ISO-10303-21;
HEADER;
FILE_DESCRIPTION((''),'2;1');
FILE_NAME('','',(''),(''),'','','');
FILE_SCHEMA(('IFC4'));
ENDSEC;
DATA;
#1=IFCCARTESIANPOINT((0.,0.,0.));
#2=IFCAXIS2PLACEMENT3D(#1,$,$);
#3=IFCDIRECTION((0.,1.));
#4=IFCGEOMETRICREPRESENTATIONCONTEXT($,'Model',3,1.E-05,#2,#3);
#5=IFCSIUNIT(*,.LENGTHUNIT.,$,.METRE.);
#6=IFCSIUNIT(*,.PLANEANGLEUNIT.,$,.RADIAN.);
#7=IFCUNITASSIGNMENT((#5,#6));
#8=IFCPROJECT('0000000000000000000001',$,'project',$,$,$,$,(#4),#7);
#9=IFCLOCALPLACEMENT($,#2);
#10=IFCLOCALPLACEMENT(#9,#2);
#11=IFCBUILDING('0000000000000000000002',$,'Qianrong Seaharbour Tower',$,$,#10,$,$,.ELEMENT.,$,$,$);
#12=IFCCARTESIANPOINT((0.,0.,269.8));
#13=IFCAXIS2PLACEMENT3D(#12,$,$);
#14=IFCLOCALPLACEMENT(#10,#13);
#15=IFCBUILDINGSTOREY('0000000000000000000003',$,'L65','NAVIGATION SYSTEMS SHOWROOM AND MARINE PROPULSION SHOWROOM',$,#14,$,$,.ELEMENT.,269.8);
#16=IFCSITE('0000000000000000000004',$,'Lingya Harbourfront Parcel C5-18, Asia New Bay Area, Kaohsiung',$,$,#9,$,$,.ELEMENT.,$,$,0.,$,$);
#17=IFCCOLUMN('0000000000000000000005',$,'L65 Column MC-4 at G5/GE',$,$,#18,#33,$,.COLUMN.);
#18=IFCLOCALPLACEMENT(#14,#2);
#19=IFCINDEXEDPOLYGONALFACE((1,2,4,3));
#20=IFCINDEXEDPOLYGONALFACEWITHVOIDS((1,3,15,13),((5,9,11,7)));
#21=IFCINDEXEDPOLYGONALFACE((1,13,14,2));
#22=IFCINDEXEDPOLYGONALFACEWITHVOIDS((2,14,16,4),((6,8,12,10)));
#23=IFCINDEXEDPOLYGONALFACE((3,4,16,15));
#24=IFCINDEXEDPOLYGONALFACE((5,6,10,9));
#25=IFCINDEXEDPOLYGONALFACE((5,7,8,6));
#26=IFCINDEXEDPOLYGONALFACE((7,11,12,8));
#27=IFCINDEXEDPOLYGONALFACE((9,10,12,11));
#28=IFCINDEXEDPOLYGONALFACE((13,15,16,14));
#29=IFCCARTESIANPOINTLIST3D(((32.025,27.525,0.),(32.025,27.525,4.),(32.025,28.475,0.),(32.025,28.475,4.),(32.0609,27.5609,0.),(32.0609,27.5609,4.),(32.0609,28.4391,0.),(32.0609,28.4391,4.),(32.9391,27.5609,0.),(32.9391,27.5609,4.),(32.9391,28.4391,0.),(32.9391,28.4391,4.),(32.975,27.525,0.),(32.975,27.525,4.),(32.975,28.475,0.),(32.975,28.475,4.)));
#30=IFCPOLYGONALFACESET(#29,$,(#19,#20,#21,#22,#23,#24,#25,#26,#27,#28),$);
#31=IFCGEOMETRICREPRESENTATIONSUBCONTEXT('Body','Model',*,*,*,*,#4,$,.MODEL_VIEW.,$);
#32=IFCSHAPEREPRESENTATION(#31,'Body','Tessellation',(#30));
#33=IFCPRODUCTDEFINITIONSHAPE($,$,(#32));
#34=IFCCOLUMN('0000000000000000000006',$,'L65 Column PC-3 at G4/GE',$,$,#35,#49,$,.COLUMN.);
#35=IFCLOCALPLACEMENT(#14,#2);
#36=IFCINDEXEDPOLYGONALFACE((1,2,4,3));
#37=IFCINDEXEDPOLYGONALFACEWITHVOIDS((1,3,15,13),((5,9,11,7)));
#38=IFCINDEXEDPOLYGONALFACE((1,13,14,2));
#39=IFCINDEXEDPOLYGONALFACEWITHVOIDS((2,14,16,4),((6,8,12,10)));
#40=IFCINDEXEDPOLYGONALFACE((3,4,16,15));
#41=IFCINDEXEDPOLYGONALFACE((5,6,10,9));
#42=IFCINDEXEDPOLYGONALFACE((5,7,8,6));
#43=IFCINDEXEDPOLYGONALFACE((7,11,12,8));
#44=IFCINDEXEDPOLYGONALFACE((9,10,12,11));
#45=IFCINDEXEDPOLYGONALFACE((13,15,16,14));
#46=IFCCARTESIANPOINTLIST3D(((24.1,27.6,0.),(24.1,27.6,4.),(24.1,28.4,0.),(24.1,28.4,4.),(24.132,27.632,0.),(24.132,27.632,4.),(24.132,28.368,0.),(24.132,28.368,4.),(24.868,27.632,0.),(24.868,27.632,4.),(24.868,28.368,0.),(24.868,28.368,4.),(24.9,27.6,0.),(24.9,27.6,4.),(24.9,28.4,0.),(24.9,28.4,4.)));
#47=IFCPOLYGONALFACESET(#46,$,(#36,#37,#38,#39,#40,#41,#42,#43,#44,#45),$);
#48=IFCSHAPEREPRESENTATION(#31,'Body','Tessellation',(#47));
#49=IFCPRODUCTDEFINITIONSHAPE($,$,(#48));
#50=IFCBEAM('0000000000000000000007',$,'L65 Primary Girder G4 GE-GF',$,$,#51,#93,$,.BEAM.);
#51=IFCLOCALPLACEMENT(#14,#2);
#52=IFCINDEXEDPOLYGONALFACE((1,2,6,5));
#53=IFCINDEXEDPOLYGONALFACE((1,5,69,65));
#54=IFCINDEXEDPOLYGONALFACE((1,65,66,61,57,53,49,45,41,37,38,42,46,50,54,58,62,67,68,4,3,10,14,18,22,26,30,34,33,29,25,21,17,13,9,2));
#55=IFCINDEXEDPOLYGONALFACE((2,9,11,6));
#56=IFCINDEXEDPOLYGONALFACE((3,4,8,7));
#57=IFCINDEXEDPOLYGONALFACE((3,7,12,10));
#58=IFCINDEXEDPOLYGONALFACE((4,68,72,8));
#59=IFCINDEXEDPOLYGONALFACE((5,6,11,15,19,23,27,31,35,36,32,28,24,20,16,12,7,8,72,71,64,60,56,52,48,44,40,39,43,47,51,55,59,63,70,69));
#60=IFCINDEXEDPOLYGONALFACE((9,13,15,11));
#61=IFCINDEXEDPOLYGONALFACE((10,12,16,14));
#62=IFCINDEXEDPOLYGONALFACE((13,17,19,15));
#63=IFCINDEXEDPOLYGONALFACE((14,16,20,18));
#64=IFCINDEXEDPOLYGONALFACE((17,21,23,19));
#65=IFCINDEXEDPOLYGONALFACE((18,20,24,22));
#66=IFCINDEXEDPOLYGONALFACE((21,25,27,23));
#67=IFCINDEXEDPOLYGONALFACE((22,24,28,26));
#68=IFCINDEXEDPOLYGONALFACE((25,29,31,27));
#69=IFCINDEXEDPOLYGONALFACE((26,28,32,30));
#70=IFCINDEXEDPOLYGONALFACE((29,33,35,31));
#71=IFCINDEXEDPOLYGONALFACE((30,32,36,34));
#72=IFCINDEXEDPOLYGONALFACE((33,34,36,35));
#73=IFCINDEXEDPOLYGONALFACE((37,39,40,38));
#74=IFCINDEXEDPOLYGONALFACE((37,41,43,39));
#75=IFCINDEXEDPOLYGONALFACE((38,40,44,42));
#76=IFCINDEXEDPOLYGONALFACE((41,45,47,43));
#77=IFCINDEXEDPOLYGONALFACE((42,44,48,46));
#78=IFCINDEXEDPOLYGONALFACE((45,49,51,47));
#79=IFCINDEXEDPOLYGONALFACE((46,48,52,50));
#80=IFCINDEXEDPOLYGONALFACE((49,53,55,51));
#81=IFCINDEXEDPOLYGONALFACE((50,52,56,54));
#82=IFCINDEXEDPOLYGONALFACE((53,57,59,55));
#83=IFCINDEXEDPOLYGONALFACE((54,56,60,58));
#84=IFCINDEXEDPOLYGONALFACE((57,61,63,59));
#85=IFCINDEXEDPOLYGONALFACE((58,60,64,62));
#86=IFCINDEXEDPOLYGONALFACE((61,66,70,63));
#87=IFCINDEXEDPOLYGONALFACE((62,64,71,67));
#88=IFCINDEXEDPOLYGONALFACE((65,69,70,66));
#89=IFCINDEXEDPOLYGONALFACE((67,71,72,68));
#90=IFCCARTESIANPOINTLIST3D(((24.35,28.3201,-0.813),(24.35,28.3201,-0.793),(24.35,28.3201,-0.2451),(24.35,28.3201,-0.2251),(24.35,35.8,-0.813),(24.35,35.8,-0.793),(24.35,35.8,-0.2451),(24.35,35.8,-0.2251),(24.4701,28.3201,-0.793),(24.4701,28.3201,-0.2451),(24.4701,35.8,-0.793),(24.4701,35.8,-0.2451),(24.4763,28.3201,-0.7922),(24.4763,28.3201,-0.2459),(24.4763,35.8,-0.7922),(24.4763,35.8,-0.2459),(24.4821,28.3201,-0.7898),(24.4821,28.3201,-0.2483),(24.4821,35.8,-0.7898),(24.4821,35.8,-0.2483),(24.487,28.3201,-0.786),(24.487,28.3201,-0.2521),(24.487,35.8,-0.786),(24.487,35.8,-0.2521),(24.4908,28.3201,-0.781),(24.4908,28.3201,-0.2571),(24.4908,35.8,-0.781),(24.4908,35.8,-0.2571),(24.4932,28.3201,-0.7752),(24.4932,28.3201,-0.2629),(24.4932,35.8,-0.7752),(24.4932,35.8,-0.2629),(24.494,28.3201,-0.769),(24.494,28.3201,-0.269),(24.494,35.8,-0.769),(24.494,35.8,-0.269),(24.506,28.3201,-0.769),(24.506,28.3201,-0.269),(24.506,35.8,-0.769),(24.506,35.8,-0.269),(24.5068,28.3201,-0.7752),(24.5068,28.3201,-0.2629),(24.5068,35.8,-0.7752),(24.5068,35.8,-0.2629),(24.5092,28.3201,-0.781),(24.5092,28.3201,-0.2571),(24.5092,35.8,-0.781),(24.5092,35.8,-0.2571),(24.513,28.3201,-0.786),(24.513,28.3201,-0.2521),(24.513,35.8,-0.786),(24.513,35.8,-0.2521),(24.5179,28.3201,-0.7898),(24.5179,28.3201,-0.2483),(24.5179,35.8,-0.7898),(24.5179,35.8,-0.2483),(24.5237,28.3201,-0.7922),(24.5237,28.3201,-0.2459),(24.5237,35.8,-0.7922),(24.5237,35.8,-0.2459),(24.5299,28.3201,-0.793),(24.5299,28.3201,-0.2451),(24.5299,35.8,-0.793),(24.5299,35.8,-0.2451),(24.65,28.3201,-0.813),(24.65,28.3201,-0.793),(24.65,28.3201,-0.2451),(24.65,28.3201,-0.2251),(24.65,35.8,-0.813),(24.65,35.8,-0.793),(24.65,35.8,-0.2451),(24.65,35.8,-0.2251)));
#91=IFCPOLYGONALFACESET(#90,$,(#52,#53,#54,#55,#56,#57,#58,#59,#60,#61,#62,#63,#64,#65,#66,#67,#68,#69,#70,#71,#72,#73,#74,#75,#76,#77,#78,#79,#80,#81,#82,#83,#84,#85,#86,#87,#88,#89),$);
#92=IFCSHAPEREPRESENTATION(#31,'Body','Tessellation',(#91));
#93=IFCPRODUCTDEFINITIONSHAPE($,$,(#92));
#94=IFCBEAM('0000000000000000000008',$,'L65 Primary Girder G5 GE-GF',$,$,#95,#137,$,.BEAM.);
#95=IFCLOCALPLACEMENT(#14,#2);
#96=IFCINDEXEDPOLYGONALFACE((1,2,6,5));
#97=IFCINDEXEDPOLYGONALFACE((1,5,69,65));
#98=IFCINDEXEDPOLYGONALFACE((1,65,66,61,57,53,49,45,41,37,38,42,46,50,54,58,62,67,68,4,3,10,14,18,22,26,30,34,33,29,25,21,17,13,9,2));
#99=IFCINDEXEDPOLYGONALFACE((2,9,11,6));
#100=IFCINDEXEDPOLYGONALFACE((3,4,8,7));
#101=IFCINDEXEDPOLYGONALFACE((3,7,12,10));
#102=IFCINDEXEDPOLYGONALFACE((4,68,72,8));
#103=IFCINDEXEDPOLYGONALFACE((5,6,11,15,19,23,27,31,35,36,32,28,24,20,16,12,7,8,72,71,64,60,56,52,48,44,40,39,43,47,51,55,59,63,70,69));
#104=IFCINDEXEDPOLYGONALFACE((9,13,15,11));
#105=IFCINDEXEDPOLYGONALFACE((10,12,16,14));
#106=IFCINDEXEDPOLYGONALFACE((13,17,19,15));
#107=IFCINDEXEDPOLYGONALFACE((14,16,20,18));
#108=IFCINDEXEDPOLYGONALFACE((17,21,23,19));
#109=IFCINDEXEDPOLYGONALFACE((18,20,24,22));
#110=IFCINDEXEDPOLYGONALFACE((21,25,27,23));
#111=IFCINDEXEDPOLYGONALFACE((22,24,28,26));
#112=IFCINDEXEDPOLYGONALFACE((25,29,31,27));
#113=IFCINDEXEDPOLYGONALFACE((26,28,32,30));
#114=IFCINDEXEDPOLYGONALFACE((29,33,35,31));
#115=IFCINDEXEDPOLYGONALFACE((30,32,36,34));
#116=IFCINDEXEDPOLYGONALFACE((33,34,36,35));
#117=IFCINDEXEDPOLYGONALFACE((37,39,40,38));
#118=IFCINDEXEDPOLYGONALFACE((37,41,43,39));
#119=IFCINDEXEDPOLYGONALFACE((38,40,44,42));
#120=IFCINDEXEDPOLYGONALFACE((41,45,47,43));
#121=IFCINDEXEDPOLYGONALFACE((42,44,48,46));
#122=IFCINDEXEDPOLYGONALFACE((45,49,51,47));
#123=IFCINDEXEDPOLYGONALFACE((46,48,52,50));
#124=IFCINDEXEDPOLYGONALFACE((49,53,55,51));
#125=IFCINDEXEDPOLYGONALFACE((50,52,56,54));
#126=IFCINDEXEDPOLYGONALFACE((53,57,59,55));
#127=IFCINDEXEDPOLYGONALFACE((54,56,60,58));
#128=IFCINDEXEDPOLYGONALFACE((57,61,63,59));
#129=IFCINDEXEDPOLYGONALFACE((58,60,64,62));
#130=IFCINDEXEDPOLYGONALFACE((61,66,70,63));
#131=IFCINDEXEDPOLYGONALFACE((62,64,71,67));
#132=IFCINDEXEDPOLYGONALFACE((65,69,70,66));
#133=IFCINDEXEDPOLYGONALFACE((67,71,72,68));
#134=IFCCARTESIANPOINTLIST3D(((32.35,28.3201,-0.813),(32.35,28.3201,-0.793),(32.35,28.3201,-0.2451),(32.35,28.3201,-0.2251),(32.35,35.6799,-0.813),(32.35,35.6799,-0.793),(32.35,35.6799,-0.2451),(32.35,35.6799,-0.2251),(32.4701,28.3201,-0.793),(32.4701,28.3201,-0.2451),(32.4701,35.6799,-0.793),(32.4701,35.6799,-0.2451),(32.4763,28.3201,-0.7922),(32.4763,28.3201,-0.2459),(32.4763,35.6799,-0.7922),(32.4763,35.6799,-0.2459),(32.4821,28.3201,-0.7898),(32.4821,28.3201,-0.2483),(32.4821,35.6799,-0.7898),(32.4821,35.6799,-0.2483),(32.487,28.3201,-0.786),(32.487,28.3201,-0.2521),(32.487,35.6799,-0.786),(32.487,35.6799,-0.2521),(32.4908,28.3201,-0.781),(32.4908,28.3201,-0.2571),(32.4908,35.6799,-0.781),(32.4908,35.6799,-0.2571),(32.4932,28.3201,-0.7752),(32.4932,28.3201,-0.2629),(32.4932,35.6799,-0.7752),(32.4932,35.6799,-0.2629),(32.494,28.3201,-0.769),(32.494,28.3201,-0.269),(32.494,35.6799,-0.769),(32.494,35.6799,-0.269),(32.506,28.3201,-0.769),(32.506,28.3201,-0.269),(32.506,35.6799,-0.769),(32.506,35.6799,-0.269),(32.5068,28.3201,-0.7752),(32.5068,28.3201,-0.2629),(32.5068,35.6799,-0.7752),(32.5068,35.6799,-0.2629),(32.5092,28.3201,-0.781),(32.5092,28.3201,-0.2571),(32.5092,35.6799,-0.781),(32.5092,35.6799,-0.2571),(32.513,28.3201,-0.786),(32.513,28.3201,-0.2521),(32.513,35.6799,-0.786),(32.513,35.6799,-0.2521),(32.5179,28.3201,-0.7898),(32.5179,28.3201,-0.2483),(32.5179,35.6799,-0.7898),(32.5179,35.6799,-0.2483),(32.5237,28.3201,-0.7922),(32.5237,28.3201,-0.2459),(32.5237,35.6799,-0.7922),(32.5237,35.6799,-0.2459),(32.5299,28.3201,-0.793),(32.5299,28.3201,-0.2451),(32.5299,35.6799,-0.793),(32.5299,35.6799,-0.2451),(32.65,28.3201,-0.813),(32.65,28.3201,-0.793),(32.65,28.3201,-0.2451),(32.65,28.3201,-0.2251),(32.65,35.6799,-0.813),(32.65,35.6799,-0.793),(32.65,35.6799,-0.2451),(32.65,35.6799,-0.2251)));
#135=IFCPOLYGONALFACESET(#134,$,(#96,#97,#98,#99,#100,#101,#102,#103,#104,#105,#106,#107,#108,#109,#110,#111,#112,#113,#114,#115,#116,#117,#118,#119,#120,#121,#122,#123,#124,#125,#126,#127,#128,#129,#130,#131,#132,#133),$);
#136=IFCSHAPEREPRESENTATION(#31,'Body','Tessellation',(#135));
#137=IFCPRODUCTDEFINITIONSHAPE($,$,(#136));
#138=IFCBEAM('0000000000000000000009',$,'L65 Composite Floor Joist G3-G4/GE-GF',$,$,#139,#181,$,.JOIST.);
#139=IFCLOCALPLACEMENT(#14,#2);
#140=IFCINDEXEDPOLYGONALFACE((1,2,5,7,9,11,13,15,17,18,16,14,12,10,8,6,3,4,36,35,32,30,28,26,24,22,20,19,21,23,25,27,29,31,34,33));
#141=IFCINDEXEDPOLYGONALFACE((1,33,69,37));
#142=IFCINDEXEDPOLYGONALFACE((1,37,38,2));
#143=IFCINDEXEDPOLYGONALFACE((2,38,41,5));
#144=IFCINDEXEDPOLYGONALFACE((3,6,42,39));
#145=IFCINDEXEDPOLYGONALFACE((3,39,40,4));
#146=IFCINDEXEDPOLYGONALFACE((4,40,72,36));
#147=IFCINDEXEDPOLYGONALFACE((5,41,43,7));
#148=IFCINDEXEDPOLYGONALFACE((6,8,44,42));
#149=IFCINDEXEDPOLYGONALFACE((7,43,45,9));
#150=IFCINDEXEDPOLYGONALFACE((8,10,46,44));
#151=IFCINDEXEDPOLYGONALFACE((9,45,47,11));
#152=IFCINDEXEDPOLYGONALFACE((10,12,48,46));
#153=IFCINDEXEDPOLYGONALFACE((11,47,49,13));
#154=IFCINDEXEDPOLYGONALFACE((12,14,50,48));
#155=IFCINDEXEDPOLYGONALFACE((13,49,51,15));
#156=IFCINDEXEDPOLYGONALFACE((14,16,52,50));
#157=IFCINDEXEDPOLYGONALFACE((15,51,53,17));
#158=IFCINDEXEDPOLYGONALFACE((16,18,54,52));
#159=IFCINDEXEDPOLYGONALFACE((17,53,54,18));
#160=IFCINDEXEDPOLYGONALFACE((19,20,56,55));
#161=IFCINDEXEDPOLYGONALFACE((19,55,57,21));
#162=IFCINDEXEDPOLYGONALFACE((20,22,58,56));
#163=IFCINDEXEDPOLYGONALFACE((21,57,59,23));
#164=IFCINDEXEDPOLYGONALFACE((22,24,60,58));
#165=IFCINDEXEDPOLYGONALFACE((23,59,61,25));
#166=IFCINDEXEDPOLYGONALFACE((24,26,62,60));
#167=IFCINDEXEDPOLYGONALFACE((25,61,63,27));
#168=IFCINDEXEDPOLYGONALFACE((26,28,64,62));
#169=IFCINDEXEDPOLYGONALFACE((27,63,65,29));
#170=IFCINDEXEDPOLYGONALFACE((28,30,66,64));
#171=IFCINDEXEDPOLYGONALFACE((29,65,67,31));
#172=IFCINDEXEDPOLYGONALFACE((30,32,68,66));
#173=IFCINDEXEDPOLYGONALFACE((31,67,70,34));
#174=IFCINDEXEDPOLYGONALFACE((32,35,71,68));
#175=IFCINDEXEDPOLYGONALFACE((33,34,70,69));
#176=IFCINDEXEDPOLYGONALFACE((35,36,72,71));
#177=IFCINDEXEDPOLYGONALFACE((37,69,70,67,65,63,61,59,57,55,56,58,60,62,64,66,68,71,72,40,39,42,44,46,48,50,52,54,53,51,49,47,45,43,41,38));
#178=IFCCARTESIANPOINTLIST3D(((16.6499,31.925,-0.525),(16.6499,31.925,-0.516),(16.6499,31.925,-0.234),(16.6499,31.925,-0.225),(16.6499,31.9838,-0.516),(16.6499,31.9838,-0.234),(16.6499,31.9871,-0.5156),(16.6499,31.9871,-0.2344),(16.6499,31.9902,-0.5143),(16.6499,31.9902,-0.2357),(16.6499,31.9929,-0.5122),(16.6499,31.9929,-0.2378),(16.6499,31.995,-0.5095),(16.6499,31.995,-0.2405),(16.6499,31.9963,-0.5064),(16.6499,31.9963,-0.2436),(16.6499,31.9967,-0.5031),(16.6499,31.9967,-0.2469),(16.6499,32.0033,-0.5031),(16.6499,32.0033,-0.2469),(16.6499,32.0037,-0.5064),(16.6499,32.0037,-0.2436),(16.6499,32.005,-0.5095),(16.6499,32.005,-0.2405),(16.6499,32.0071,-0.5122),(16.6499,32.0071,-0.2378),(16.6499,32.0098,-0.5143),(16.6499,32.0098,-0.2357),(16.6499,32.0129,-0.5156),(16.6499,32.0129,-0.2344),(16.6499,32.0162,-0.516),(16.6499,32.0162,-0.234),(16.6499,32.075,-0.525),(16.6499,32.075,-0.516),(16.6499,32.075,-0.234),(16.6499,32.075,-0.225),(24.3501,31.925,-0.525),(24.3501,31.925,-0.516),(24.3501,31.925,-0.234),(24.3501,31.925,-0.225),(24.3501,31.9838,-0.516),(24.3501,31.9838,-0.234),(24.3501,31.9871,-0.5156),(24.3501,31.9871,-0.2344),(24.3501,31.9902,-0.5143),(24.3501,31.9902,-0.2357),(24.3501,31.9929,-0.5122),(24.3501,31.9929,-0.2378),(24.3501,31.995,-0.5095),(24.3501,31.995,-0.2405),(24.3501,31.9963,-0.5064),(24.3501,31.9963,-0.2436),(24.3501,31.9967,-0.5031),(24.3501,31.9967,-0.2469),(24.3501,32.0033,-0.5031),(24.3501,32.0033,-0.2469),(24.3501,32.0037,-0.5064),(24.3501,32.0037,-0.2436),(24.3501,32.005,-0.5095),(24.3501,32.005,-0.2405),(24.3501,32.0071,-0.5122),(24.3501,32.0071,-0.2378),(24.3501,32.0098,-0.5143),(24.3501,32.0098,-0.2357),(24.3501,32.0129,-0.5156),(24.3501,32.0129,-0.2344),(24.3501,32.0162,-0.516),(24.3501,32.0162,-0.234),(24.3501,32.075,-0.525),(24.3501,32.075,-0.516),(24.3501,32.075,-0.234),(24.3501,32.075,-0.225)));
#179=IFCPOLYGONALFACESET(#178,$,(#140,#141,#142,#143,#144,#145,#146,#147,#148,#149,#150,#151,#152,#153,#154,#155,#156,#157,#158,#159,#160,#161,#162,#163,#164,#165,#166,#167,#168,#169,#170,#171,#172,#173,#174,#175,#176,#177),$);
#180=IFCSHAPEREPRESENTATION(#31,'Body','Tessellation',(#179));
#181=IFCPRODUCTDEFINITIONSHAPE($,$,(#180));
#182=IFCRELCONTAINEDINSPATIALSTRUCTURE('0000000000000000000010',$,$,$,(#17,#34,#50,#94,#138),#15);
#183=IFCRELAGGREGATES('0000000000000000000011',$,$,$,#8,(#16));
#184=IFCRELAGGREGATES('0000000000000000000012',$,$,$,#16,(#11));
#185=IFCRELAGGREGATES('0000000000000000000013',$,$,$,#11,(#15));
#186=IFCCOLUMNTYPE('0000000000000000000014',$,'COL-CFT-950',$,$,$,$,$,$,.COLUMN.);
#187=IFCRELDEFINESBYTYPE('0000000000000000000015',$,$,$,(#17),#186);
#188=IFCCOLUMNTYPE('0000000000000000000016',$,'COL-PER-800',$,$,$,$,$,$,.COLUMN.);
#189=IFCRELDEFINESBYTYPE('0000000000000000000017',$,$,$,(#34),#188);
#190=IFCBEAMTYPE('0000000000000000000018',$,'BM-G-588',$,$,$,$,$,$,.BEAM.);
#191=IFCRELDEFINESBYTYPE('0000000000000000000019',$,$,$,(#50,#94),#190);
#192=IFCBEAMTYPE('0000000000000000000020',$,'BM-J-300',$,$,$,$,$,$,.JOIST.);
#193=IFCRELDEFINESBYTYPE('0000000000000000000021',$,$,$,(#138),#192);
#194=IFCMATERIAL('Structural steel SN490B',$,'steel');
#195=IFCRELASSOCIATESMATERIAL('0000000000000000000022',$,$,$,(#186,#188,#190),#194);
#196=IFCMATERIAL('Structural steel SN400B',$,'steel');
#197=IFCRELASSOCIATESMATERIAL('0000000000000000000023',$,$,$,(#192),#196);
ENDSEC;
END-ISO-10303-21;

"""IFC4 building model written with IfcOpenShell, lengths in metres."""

from ifc_helpers import new_model, si_unit, direction, frame, origin, origin_2d, place, context, subcontext, project, spatial, hollow_rectangle, i_section, extrude, material, material_profile, profile_set, type_object, element, save


model = new_model("IFC4")

# Units and contexts
model_context = context("Model", 3, precision=1e-05, world=origin(), true_north=direction((0.0, 1.0)))
body_context = subcontext(model_context, "Body", "Model", "MODEL_VIEW")
ifc_project = project(units=[si_unit("LENGTHUNIT", "METRE"), si_unit("PLANEANGLEUNIT", "RADIAN")], contexts=[model_context])

# Site, building, storey
site_placement = place(None, origin())
site = spatial("IfcSite", under=ifc_project, at=site_placement, Name="Lingya Harbourfront Parcel C5-18, Asia New Bay Area, Kaohsiung", CompositionType="ELEMENT", RefElevation=0.0)
building_placement = place(site_placement, origin())
building = spatial("IfcBuilding", under=site, at=building_placement, Name="Qianrong Seaharbour Tower", CompositionType="ELEMENT")
storey_placement = place(building_placement, frame((0.0, 0.0, 269.8)))
storey = spatial("IfcBuildingStorey", under=building, at=storey_placement, Name="L65", Description="NAVIGATION SYSTEMS SHOWROOM AND MARINE PROPULSION SHOWROOM", CompositionType="ELEMENT", Elevation=269.8)

# Columns
ifc_material_1 = material(Name="Structural steel SN490B", Category="steel")
ifc_material_profile_1 = material_profile(ifc_material_1, hollow_rectangle(XDim=0.95, YDim=0.95, WallThickness=0.0359, at=origin_2d()), Name="BOX950x950x36")
ifc_profile_set_1 = profile_set([ifc_material_profile_1], Name="Structural steel SN490B")
column_type_1 = type_object("IfcColumnType", Name="COL-CFT-950", PredefinedType="COLUMN", material=ifc_profile_set_1)
column_1_placement = place(storey_placement, frame((32.5, 28.0, 0.0), z_axis=(0.0, 0.0, 1.0), x_axis=(1.0, 0.0, 0.0)))
element("IfcColumn", 1, at=column_1_placement, inside=storey, type_object=column_type_1, Name="L65 Column MC-4 at G5/GE", PredefinedType="COLUMN", context=body_context, shape_type="SweptSolid", body=[
    extrude(hollow_rectangle(XDim=0.95, YDim=0.95, WallThickness=0.0359, at=origin_2d()), origin(), (0.0, 0.0, 1.0), 4.0),
])
ifc_material_profile_2 = material_profile(ifc_material_1, hollow_rectangle(XDim=0.8, YDim=0.8, WallThickness=0.032, at=origin_2d()), Name="BOX800x800x32")
ifc_profile_set_2 = profile_set([ifc_material_profile_2], Name="Structural steel SN490B")
column_type_2 = type_object("IfcColumnType", Name="COL-PER-800", PredefinedType="COLUMN", material=ifc_profile_set_2)
column_2_placement = place(storey_placement, frame((24.5, 28.0, 0.0), z_axis=(0.0, 0.0, 1.0), x_axis=(1.0, 0.0, 0.0)))
element("IfcColumn", 2, at=column_2_placement, inside=storey, type_object=column_type_2, Name="L65 Column PC-3 at G4/GE", PredefinedType="COLUMN", context=body_context, shape_type="SweptSolid", body=[
    extrude(hollow_rectangle(XDim=0.8, YDim=0.8, WallThickness=0.032, at=origin_2d()), origin(), (0.0, 0.0, 1.0), 4.0),
])

# Beams
ifc_material_profile_3 = material_profile(ifc_material_1, i_section(OverallWidth=0.3, OverallDepth=0.5879, WebThickness=0.012, FlangeThickness=0.02, FilletRadius=0.0239, at=origin_2d()), Name="H588x300x12x20")
ifc_profile_set_3 = profile_set([ifc_material_profile_3], Name="Structural steel SN490B")
beam_type_1 = type_object("IfcBeamType", Name="BM-G-588", PredefinedType="BEAM", material=ifc_profile_set_3)
beam_1_placement = place(storey_placement, frame((24.5, 28.3201, -0.519), z_axis=(0.0, 1.0, 0.0), x_axis=(-1.0, 0.0, 0.0)))
element("IfcBeam", 3, at=beam_1_placement, inside=storey, type_object=beam_type_1, Name="L65 Primary Girder G4 GE-GF", PredefinedType="BEAM", context=body_context, shape_type="SweptSolid", body=[
    extrude(i_section(OverallWidth=0.3, OverallDepth=0.5879, WebThickness=0.012, FlangeThickness=0.02, FilletRadius=0.0239, at=origin_2d()), origin(), (0.0, 0.0, 1.0), 7.48),
])
beam_2_placement = place(storey_placement, frame((32.5, 28.3201, -0.519), z_axis=(0.0, 1.0, 0.0), x_axis=(-1.0, 0.0, 0.0)))
element("IfcBeam", 4, at=beam_2_placement, inside=storey, type_object=beam_type_1, Name="L65 Primary Girder G5 GE-GF", PredefinedType="BEAM", context=body_context, shape_type="SweptSolid", body=[
    extrude(i_section(OverallWidth=0.3, OverallDepth=0.5879, WebThickness=0.012, FlangeThickness=0.02, FilletRadius=0.0239, at=origin_2d()), origin(), (0.0, 0.0, 1.0), 7.3599),
])
ifc_material_2 = material(Name="Structural steel SN400B", Category="steel")
ifc_material_profile_4 = material_profile(ifc_material_2, i_section(OverallWidth=0.1499, OverallDepth=0.3, WebThickness=0.0066, FlangeThickness=0.009, FilletRadius=0.0129, at=origin_2d()), Name="H300x150x6.5x9")
ifc_profile_set_4 = profile_set([ifc_material_profile_4], Name="Structural steel SN400B")
beam_type_2 = type_object("IfcBeamType", Name="BM-J-300", PredefinedType="JOIST", material=ifc_profile_set_4)
for number, where, z_axis, x_axis, name in (
    (5, (16.6499, 32.0, -0.375), (1.0, 0.0, 0.0), (0.0, 1.0, 0.0), "L65 Composite Floor Joist G3-G4/GE-GF"),
):
    element("IfcBeam", number, at=place(storey_placement, frame(where, z_axis=z_axis, x_axis=x_axis)), inside=storey, type_object=beam_type_2, Name=name, PredefinedType="JOIST", context=body_context, shape_type="SweptSolid", body=[
        extrude(i_section(OverallWidth=0.1499, OverallDepth=0.3, WebThickness=0.0066, FlangeThickness=0.009, FilletRadius=0.0129, at=origin_2d()), origin(), (0.0, 0.0, 1.0), 7.7002),
    ])

save(model, "model.ifc")
